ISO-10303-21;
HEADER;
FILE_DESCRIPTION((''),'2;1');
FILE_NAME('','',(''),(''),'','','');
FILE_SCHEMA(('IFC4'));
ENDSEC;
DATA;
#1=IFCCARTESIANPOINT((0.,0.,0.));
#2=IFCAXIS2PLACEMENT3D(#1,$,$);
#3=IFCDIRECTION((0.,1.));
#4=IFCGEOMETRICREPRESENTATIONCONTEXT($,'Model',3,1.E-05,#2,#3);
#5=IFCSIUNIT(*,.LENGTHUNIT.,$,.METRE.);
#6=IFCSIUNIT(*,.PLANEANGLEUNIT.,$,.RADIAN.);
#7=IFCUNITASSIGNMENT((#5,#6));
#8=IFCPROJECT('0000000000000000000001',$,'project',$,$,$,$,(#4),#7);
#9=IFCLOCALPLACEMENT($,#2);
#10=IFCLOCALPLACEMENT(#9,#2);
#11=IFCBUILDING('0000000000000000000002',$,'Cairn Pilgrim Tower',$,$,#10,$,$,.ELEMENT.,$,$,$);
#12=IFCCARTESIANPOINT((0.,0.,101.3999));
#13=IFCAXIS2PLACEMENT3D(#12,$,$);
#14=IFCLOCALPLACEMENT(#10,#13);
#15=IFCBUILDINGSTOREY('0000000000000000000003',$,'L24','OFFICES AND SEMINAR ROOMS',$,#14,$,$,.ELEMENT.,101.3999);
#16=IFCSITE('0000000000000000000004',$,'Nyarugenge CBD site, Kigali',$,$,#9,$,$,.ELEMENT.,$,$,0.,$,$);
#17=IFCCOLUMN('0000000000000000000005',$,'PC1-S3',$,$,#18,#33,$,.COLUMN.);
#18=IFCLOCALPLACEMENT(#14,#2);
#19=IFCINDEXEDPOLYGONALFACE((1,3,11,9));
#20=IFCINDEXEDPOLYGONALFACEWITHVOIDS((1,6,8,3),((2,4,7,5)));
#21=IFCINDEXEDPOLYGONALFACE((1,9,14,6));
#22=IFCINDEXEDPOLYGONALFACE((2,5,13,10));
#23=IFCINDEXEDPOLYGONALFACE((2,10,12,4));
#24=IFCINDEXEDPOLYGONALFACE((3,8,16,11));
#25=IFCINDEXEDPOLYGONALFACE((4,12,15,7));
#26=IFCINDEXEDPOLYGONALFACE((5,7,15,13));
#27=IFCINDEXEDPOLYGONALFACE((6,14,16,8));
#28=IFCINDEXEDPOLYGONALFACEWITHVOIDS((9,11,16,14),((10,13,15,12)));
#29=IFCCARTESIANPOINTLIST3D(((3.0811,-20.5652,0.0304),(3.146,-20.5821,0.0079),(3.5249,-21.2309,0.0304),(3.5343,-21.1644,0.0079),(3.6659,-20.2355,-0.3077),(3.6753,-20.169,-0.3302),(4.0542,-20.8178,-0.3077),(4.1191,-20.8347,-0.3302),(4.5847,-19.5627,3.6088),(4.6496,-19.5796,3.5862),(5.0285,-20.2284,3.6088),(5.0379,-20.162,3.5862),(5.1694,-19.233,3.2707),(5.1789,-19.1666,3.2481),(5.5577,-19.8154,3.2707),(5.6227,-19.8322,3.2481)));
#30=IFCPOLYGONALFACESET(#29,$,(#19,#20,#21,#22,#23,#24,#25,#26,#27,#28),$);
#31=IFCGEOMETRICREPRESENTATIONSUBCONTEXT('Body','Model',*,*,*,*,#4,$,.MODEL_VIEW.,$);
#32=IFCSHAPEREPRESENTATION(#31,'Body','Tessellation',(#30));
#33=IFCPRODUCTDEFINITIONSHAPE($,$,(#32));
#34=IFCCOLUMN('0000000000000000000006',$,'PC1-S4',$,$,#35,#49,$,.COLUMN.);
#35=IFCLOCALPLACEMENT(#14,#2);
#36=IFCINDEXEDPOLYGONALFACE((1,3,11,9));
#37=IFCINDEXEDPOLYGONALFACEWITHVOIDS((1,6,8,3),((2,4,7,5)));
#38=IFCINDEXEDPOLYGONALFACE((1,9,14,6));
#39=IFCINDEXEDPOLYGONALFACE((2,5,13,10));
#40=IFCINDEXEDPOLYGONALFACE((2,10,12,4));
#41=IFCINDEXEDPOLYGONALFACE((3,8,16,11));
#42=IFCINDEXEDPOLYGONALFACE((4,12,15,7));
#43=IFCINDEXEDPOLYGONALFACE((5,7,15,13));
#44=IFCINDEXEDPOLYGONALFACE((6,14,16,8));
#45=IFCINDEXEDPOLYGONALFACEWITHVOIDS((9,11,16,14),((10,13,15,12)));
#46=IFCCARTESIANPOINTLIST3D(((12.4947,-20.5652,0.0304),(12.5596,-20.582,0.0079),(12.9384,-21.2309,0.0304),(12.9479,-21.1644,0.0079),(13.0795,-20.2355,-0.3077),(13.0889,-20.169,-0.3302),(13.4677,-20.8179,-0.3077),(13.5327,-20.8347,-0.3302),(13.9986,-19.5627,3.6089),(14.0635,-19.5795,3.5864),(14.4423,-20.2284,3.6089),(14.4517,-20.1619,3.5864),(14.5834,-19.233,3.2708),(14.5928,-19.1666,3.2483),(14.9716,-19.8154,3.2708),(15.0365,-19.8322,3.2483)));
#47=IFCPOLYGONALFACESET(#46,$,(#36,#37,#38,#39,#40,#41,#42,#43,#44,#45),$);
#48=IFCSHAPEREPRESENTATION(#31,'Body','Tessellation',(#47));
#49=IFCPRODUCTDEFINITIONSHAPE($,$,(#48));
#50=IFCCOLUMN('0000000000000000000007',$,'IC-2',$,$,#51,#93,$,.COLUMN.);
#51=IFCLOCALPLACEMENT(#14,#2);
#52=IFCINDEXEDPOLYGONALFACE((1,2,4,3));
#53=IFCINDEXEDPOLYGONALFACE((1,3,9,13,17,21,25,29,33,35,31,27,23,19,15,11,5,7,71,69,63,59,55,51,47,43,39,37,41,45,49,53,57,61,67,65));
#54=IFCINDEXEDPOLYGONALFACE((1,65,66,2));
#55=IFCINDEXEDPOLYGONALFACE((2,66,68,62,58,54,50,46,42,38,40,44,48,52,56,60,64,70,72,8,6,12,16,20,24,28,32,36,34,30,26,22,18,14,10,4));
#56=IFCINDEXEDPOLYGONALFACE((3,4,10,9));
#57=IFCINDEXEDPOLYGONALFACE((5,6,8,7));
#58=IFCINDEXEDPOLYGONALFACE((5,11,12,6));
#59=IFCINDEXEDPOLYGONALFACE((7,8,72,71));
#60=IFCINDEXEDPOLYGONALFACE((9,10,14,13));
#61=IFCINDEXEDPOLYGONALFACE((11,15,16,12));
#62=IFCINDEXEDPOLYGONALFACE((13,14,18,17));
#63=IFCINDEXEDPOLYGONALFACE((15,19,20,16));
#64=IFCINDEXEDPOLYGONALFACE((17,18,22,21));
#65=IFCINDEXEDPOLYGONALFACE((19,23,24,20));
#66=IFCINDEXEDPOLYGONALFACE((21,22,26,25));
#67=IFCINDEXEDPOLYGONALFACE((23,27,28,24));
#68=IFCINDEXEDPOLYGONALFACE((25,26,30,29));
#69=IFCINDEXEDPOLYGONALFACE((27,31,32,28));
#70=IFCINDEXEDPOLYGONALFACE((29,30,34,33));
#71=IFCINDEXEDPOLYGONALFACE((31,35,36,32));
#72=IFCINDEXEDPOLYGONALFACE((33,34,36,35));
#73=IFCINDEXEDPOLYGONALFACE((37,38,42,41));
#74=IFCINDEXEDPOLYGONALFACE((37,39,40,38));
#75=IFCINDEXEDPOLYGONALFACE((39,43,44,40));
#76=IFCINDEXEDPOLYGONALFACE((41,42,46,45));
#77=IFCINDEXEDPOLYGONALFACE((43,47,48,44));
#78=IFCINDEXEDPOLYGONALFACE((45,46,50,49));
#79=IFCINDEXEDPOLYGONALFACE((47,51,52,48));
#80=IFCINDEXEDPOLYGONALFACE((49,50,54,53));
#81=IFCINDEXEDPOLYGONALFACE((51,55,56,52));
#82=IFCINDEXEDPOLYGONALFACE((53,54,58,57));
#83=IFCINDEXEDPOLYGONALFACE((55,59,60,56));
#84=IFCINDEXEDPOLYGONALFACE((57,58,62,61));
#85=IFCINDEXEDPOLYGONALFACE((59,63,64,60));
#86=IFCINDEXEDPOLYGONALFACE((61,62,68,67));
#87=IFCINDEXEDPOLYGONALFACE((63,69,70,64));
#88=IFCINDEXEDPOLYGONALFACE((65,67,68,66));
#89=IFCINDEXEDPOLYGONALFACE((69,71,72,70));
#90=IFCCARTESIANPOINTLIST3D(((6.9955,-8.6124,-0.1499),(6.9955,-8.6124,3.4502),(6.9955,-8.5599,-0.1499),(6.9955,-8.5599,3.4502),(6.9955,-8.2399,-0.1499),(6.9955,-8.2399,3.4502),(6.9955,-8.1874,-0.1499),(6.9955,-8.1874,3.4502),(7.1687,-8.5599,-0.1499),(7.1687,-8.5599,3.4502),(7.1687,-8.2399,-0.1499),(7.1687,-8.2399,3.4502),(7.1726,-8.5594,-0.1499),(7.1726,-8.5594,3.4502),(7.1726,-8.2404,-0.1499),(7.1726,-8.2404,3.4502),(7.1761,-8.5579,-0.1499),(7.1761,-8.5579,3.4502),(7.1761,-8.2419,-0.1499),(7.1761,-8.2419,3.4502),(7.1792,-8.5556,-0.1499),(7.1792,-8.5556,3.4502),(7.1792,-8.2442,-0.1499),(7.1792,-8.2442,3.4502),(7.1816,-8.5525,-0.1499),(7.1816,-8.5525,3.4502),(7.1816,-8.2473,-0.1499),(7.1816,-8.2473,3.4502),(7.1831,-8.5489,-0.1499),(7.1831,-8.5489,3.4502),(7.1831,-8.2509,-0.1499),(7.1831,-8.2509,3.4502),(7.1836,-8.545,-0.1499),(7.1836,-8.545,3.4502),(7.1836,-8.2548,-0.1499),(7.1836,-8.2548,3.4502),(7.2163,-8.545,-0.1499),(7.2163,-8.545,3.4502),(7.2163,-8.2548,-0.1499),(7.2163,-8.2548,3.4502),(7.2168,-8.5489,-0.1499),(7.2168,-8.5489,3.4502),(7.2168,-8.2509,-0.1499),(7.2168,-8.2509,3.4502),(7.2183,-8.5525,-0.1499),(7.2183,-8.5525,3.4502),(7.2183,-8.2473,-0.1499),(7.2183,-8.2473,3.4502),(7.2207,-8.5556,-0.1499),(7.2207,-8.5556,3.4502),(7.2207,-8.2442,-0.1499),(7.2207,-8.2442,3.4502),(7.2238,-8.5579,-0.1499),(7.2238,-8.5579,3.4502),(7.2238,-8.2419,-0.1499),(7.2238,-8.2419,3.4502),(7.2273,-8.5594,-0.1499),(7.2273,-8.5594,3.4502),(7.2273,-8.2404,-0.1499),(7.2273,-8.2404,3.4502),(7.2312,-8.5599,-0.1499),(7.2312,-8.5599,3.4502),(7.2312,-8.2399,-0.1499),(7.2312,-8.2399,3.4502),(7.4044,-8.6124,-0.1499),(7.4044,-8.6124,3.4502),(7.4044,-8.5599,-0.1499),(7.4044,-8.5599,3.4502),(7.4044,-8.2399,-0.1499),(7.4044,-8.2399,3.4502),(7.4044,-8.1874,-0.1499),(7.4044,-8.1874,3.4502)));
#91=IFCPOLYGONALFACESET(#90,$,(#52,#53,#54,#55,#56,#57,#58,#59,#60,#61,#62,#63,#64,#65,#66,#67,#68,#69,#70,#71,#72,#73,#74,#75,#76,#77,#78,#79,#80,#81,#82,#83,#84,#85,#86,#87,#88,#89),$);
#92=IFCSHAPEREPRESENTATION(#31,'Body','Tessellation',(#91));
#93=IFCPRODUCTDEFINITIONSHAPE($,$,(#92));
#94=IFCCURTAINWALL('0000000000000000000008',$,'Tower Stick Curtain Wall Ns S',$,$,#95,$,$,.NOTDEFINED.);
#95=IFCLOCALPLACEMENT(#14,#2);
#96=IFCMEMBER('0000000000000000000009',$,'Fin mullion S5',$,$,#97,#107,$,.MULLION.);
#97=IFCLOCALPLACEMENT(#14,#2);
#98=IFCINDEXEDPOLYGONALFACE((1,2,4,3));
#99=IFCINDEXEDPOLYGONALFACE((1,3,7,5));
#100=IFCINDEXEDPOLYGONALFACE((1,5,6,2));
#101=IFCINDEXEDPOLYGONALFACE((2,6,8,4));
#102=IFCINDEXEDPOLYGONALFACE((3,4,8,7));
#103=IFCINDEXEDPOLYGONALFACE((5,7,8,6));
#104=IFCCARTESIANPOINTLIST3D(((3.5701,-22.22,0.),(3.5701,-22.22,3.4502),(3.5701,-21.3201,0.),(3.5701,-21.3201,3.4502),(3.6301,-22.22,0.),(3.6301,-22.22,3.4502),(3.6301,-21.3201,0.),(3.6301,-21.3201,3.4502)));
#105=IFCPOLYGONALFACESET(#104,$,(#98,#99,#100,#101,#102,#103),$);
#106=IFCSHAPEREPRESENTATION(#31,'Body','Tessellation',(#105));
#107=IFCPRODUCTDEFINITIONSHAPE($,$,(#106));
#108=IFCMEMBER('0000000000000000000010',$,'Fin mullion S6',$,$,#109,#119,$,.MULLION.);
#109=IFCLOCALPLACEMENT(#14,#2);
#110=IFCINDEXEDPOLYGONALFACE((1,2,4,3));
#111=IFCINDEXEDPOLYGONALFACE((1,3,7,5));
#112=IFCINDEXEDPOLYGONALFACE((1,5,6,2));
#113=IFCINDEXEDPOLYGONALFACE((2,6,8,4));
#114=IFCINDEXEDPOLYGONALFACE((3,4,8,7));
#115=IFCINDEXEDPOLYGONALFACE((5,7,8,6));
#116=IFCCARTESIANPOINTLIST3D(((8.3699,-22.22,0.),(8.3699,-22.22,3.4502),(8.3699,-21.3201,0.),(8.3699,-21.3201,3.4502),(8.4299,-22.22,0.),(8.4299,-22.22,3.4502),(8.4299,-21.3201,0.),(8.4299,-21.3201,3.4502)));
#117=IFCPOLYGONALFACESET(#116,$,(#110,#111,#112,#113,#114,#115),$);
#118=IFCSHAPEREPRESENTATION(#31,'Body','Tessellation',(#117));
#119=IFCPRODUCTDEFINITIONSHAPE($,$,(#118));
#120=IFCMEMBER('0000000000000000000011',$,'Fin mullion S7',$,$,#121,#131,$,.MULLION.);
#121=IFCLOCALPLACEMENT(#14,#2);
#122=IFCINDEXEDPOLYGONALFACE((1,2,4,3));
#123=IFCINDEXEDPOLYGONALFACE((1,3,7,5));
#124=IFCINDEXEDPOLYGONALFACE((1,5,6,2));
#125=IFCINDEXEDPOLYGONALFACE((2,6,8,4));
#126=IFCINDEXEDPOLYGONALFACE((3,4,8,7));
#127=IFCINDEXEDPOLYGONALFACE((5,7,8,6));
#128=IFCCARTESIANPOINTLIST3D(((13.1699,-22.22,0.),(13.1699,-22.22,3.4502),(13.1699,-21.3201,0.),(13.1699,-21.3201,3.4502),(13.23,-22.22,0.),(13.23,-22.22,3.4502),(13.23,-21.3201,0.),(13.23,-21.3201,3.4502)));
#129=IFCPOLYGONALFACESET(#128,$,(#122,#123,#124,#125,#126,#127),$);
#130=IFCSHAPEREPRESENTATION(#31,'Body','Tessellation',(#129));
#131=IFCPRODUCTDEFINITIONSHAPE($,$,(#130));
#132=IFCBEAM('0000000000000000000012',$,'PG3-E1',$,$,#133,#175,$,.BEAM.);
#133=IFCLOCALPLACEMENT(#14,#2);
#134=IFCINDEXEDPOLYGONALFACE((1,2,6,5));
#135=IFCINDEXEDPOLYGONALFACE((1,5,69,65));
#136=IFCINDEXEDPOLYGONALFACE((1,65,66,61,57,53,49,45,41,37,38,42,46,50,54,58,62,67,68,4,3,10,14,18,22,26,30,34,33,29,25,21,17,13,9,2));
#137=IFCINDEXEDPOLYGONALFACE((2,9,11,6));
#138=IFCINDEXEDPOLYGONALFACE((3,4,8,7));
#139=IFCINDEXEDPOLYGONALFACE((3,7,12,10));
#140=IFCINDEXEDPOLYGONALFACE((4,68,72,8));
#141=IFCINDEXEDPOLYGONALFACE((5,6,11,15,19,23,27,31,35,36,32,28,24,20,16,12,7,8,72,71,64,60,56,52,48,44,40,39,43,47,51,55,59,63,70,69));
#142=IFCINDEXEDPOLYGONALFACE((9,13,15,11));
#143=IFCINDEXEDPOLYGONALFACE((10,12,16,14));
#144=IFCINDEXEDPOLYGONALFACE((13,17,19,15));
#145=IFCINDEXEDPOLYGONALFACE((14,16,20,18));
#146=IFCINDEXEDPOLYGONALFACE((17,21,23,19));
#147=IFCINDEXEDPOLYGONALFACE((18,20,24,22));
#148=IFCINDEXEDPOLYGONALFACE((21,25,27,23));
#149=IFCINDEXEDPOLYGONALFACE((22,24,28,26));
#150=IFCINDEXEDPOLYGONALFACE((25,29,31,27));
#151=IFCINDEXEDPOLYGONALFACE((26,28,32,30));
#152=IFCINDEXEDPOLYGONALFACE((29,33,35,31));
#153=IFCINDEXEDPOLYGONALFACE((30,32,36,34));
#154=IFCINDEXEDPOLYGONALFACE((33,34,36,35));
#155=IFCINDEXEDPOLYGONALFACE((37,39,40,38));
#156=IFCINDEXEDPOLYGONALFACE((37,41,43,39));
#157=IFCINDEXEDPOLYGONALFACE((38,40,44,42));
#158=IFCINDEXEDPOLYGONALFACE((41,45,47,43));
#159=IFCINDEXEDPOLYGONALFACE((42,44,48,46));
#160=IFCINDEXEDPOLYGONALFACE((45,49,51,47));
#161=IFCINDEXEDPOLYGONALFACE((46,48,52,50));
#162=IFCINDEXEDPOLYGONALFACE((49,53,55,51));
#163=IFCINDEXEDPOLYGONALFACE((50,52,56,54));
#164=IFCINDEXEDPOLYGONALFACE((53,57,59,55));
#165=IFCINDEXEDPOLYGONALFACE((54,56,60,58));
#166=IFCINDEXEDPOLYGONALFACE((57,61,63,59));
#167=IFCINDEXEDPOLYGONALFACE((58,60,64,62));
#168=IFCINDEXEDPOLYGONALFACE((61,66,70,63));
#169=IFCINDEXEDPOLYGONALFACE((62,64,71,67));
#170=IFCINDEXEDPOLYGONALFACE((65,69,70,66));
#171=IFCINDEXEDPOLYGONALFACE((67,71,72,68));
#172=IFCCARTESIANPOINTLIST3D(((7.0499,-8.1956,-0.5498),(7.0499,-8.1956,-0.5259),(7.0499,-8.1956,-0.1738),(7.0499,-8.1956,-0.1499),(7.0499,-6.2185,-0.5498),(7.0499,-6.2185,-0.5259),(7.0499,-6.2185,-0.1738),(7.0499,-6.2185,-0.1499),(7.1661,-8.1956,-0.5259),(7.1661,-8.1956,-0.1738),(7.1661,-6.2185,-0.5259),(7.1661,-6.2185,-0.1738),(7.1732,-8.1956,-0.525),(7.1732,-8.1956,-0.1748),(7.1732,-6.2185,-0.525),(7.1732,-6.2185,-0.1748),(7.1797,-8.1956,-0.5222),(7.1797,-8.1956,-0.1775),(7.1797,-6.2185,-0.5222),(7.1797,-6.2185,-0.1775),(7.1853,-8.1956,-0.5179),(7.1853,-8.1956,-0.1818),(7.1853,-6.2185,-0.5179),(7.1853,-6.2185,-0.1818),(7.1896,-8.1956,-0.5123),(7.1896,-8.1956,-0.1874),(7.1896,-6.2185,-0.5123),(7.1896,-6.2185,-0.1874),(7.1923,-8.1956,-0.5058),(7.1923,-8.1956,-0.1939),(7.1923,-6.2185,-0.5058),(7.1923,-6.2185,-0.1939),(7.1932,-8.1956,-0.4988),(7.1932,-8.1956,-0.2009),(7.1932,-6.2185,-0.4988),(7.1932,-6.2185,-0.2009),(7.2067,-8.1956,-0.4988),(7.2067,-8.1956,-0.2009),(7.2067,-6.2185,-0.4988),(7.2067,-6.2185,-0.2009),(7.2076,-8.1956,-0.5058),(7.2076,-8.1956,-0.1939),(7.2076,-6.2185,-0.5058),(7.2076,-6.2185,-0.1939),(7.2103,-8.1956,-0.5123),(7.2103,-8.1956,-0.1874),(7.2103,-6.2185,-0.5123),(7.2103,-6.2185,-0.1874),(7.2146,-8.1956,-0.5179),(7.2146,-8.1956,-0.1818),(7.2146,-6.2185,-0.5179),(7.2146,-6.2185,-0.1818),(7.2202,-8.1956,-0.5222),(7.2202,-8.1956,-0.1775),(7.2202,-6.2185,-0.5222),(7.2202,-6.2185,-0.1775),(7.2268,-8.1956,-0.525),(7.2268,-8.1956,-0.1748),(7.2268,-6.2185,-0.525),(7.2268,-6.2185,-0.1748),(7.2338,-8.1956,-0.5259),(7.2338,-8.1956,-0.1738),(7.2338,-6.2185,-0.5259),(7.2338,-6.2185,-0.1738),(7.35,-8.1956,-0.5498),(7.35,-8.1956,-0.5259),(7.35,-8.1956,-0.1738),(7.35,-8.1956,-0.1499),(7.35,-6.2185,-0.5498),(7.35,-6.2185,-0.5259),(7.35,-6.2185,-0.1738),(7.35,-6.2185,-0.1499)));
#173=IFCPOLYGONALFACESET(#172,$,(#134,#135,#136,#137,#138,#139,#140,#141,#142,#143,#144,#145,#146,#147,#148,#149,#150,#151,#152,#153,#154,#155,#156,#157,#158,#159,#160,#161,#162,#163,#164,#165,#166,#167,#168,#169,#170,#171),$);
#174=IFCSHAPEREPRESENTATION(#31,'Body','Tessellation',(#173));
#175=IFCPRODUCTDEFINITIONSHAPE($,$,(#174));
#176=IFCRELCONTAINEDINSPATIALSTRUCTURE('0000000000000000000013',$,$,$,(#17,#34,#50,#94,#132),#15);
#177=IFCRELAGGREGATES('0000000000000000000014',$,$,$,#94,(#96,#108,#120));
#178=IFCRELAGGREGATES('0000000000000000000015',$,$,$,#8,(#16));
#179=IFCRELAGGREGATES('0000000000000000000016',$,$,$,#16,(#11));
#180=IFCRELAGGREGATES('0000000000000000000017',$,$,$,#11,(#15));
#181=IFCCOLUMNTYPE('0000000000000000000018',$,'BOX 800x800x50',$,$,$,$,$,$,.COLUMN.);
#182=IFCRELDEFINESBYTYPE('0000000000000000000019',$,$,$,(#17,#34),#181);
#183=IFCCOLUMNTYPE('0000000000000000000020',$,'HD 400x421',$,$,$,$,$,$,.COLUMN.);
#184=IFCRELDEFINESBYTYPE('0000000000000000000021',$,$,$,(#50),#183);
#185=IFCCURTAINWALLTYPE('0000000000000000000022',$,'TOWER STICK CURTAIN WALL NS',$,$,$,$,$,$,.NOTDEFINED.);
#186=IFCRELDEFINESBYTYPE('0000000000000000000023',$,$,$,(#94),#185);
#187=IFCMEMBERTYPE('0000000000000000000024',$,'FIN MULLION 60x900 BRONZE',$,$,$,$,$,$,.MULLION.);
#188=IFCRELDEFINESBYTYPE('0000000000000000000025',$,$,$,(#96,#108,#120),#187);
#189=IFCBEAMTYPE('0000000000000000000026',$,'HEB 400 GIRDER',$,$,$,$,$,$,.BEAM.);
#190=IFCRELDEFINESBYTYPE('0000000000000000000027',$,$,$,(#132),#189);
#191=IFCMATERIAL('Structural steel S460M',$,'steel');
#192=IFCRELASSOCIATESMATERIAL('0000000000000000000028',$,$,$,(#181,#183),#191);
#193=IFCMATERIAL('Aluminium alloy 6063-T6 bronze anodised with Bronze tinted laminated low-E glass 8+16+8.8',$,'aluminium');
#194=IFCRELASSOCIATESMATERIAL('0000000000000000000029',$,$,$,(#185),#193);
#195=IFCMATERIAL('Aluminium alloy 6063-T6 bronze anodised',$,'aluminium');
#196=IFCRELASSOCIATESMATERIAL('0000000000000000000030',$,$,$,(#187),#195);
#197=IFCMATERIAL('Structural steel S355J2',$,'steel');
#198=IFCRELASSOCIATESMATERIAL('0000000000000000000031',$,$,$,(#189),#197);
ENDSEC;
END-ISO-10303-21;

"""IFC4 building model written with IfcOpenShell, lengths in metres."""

from ifc_helpers import new_model, si_unit, direction, frame, origin, origin_2d, place, context, subcontext, project, spatial, rectangle, hollow_rectangle, i_section, extrude, clip, halfspace, material, material_profile, profile_set, type_object, element, aggregate, save


model = new_model("IFC4")

# Units and contexts
model_context = context("Model", 3, precision=1e-05, world=origin(), true_north=direction((0.0, 1.0)))
body_context = subcontext(model_context, "Body", "Model", "MODEL_VIEW")
ifc_project = project(units=[si_unit("LENGTHUNIT", "METRE"), si_unit("PLANEANGLEUNIT", "RADIAN")], contexts=[model_context])

# Site, building, storey
site_placement = place(None, origin())
site = spatial("IfcSite", under=ifc_project, at=site_placement, Name="Nyarugenge CBD site, Kigali", CompositionType="ELEMENT", RefElevation=0.0)
building_placement = place(site_placement, origin())
building = spatial("IfcBuilding", under=site, at=building_placement, Name="Cairn Pilgrim Tower", CompositionType="ELEMENT")
storey_placement = place(building_placement, frame((0.0, 0.0, 101.3999)))
storey = spatial("IfcBuildingStorey", under=building, at=storey_placement, Name="L24", Description="OFFICES AND SEMINAR ROOMS", CompositionType="ELEMENT", Elevation=101.3999)

# Columns
ifc_material_1 = material(Name="Structural steel S460M", Category="steel")
ifc_material_profile_1 = material_profile(ifc_material_1, hollow_rectangle(XDim=0.8, YDim=0.8, WallThickness=0.05, at=origin_2d()), Name="BOX 800x800x50")
ifc_profile_set_1 = profile_set([ifc_material_profile_1], Name="Structural steel S460M")
column_type_1 = type_object("IfcColumnType", Name="BOX 800x800x50", PredefinedType="COLUMN", material=ifc_profile_set_1)
column_1_placement = place(storey_placement, frame((3.6001, -20.7, -0.1499), z_axis=(0.375068, 0.250065, 0.892632), x_axis=(-0.554731, 0.83203, 0.0)))
element("IfcColumn", 1, at=column_1_placement, inside=storey, type_object=column_type_1, Name="PC1-S3", PredefinedType="COLUMN", context=body_context, shape_type="Clipping", body=[
    clip(extrude(hollow_rectangle(XDim=0.8, YDim=0.8, WallThickness=0.05, at=origin_2d()), origin(), (0.0, 0.0, 1.0), 4.0332), halfspace(frame((0.0, 0.0, 4.0088), z_axis=(0.0, 0.0, 1.0), x_axis=(1.0, 0.0, 0.0)), False)),
])
column_2_placement = place(storey_placement, frame((13.0137, -20.7, -0.1499), z_axis=(0.37512, 0.25006, 0.892612), x_axis=(-0.554669, 0.832071, 0.0)))
element("IfcColumn", 2, at=column_2_placement, inside=storey, type_object=column_type_1, Name="PC1-S4", PredefinedType="COLUMN", context=body_context, shape_type="Clipping", body=[
    clip(extrude(hollow_rectangle(XDim=0.8, YDim=0.8, WallThickness=0.05, at=origin_2d()), origin(), (0.0, 0.0, 1.0), 4.0332), halfspace(frame((0.0, 0.0, 4.009), z_axis=(0.0, 0.0, 1.0), x_axis=(1.0, 0.0, 0.0)), False)),
])
ifc_material_profile_2 = material_profile(ifc_material_1, i_section(OverallWidth=0.4089, OverallDepth=0.425, WebThickness=0.0327, FlangeThickness=0.0525, FilletRadius=0.0149, at=origin_2d()), Name="HD 400x421")
ifc_profile_set_2 = profile_set([ifc_material_profile_2], Name="Structural steel S460M")
column_type_2 = type_object("IfcColumnType", Name="HD 400x421", PredefinedType="COLUMN", material=ifc_profile_set_2)
column_3_placement = place(storey_placement, frame((7.2, -8.3999, -0.1499), z_axis=(0.0, 0.0, 1.0), x_axis=(1.0, 0.0, 0.0)))
element("IfcColumn", 3, at=column_3_placement, inside=storey, type_object=column_type_2, Name="IC-2", PredefinedType="COLUMN", context=body_context, shape_type="SweptSolid", body=[
    extrude(i_section(OverallWidth=0.4089, OverallDepth=0.425, WebThickness=0.0327, FlangeThickness=0.0525, FilletRadius=0.0149, at=origin_2d()), origin(), (0.0, 0.0, 1.0), 3.6001),
])

# Curtain wall, members
ifc_material_2 = material(Name="Aluminium alloy 6063-T6 bronze anodised with Bronze tinted laminated low-E glass 8+16+8.8", Category="aluminium")
curtain_wall_type = type_object("IfcCurtainWallType", Name="TOWER STICK CURTAIN WALL NS", PredefinedType="NOTDEFINED", material=ifc_material_2)
curtain_wall_placement = place(storey_placement, origin())
curtain_wall = element("IfcCurtainWall", 4, at=curtain_wall_placement, inside=storey, type_object=curtain_wall_type, Name="Tower Stick Curtain Wall Ns S", PredefinedType="NOTDEFINED")
ifc_material_3 = material(Name="Aluminium alloy 6063-T6 bronze anodised", Category="aluminium")
ifc_material_profile_3 = material_profile(ifc_material_3, rectangle(XDim=0.8999, YDim=0.0601, at=origin_2d()), Name="FIN MULLION 60x900 BRONZE")
ifc_profile_set_3 = profile_set([ifc_material_profile_3], Name="Aluminium alloy 6063-T6 bronze anodised")
member_type_1 = type_object("IfcMemberType", Name="FIN MULLION 60x900 BRONZE", PredefinedType="MULLION", material=ifc_profile_set_3)
member_1_placement = place(storey_placement, frame((3.6001, -21.77, 0.0), z_axis=(0.0, 0.0, 1.0), x_axis=(0.0, -1.0, 0.0)))
member_1 = element("IfcMember", 5, at=member_1_placement, type_object=member_type_1, Name="Fin mullion S5", PredefinedType="MULLION", context=body_context, shape_type="SweptSolid", body=[
    extrude(rectangle(XDim=0.8999, YDim=0.0601, at=origin_2d()), origin(), (0.0, 0.0, 1.0), 3.4502),
])
member_2_placement = place(storey_placement, frame((8.3999, -21.77, 0.0), z_axis=(0.0, 0.0, 1.0), x_axis=(0.0, -1.0, 0.0)))
member_2 = element("IfcMember", 6, at=member_2_placement, type_object=member_type_1, Name="Fin mullion S6", PredefinedType="MULLION", context=body_context, shape_type="SweptSolid", body=[
    extrude(rectangle(XDim=0.8999, YDim=0.0601, at=origin_2d()), origin(), (0.0, 0.0, 1.0), 3.4502),
])
member_3_placement = place(storey_placement, frame((13.2, -21.77, 0.0), z_axis=(0.0, 0.0, 1.0), x_axis=(0.0, -1.0, 0.0)))
member_3 = element("IfcMember", 7, at=member_3_placement, type_object=member_type_1, Name="Fin mullion S7", PredefinedType="MULLION", context=body_context, shape_type="SweptSolid", body=[
    extrude(rectangle(XDim=0.8999, YDim=0.0601, at=origin_2d()), origin(), (0.0, 0.0, 1.0), 3.4502),
])

# Beam
ifc_material_4 = material(Name="Structural steel S355J2", Category="steel")
ifc_material_profile_4 = material_profile(ifc_material_4, i_section(OverallWidth=0.3, OverallDepth=0.3999, WebThickness=0.0134, FlangeThickness=0.0239, FilletRadius=0.0271, at=origin_2d()), Name="HEB 400")
ifc_profile_set_4 = profile_set([ifc_material_profile_4], Name="Structural steel S355J2")
beam_type_1 = type_object("IfcBeamType", Name="HEB 400 GIRDER", PredefinedType="BEAM", material=ifc_profile_set_4)
beam_1_placement = place(storey_placement, frame((7.2, -8.1956, -0.3499), z_axis=(0.0, 1.0, 0.0), x_axis=(-1.0, 0.0, 0.0)))
element("IfcBeam", 8, at=beam_1_placement, inside=storey, type_object=beam_type_1, Name="PG3-E1", PredefinedType="BEAM", context=body_context, shape_type="SweptSolid", body=[
    extrude(i_section(OverallWidth=0.3, OverallDepth=0.3999, WebThickness=0.0134, FlangeThickness=0.0239, FilletRadius=0.0271, at=origin_2d()), origin(), (0.0, 0.0, 1.0), 1.9771),
])

aggregate(curtain_wall, [member_1, member_2, member_3])

save(model, "model.ifc")
